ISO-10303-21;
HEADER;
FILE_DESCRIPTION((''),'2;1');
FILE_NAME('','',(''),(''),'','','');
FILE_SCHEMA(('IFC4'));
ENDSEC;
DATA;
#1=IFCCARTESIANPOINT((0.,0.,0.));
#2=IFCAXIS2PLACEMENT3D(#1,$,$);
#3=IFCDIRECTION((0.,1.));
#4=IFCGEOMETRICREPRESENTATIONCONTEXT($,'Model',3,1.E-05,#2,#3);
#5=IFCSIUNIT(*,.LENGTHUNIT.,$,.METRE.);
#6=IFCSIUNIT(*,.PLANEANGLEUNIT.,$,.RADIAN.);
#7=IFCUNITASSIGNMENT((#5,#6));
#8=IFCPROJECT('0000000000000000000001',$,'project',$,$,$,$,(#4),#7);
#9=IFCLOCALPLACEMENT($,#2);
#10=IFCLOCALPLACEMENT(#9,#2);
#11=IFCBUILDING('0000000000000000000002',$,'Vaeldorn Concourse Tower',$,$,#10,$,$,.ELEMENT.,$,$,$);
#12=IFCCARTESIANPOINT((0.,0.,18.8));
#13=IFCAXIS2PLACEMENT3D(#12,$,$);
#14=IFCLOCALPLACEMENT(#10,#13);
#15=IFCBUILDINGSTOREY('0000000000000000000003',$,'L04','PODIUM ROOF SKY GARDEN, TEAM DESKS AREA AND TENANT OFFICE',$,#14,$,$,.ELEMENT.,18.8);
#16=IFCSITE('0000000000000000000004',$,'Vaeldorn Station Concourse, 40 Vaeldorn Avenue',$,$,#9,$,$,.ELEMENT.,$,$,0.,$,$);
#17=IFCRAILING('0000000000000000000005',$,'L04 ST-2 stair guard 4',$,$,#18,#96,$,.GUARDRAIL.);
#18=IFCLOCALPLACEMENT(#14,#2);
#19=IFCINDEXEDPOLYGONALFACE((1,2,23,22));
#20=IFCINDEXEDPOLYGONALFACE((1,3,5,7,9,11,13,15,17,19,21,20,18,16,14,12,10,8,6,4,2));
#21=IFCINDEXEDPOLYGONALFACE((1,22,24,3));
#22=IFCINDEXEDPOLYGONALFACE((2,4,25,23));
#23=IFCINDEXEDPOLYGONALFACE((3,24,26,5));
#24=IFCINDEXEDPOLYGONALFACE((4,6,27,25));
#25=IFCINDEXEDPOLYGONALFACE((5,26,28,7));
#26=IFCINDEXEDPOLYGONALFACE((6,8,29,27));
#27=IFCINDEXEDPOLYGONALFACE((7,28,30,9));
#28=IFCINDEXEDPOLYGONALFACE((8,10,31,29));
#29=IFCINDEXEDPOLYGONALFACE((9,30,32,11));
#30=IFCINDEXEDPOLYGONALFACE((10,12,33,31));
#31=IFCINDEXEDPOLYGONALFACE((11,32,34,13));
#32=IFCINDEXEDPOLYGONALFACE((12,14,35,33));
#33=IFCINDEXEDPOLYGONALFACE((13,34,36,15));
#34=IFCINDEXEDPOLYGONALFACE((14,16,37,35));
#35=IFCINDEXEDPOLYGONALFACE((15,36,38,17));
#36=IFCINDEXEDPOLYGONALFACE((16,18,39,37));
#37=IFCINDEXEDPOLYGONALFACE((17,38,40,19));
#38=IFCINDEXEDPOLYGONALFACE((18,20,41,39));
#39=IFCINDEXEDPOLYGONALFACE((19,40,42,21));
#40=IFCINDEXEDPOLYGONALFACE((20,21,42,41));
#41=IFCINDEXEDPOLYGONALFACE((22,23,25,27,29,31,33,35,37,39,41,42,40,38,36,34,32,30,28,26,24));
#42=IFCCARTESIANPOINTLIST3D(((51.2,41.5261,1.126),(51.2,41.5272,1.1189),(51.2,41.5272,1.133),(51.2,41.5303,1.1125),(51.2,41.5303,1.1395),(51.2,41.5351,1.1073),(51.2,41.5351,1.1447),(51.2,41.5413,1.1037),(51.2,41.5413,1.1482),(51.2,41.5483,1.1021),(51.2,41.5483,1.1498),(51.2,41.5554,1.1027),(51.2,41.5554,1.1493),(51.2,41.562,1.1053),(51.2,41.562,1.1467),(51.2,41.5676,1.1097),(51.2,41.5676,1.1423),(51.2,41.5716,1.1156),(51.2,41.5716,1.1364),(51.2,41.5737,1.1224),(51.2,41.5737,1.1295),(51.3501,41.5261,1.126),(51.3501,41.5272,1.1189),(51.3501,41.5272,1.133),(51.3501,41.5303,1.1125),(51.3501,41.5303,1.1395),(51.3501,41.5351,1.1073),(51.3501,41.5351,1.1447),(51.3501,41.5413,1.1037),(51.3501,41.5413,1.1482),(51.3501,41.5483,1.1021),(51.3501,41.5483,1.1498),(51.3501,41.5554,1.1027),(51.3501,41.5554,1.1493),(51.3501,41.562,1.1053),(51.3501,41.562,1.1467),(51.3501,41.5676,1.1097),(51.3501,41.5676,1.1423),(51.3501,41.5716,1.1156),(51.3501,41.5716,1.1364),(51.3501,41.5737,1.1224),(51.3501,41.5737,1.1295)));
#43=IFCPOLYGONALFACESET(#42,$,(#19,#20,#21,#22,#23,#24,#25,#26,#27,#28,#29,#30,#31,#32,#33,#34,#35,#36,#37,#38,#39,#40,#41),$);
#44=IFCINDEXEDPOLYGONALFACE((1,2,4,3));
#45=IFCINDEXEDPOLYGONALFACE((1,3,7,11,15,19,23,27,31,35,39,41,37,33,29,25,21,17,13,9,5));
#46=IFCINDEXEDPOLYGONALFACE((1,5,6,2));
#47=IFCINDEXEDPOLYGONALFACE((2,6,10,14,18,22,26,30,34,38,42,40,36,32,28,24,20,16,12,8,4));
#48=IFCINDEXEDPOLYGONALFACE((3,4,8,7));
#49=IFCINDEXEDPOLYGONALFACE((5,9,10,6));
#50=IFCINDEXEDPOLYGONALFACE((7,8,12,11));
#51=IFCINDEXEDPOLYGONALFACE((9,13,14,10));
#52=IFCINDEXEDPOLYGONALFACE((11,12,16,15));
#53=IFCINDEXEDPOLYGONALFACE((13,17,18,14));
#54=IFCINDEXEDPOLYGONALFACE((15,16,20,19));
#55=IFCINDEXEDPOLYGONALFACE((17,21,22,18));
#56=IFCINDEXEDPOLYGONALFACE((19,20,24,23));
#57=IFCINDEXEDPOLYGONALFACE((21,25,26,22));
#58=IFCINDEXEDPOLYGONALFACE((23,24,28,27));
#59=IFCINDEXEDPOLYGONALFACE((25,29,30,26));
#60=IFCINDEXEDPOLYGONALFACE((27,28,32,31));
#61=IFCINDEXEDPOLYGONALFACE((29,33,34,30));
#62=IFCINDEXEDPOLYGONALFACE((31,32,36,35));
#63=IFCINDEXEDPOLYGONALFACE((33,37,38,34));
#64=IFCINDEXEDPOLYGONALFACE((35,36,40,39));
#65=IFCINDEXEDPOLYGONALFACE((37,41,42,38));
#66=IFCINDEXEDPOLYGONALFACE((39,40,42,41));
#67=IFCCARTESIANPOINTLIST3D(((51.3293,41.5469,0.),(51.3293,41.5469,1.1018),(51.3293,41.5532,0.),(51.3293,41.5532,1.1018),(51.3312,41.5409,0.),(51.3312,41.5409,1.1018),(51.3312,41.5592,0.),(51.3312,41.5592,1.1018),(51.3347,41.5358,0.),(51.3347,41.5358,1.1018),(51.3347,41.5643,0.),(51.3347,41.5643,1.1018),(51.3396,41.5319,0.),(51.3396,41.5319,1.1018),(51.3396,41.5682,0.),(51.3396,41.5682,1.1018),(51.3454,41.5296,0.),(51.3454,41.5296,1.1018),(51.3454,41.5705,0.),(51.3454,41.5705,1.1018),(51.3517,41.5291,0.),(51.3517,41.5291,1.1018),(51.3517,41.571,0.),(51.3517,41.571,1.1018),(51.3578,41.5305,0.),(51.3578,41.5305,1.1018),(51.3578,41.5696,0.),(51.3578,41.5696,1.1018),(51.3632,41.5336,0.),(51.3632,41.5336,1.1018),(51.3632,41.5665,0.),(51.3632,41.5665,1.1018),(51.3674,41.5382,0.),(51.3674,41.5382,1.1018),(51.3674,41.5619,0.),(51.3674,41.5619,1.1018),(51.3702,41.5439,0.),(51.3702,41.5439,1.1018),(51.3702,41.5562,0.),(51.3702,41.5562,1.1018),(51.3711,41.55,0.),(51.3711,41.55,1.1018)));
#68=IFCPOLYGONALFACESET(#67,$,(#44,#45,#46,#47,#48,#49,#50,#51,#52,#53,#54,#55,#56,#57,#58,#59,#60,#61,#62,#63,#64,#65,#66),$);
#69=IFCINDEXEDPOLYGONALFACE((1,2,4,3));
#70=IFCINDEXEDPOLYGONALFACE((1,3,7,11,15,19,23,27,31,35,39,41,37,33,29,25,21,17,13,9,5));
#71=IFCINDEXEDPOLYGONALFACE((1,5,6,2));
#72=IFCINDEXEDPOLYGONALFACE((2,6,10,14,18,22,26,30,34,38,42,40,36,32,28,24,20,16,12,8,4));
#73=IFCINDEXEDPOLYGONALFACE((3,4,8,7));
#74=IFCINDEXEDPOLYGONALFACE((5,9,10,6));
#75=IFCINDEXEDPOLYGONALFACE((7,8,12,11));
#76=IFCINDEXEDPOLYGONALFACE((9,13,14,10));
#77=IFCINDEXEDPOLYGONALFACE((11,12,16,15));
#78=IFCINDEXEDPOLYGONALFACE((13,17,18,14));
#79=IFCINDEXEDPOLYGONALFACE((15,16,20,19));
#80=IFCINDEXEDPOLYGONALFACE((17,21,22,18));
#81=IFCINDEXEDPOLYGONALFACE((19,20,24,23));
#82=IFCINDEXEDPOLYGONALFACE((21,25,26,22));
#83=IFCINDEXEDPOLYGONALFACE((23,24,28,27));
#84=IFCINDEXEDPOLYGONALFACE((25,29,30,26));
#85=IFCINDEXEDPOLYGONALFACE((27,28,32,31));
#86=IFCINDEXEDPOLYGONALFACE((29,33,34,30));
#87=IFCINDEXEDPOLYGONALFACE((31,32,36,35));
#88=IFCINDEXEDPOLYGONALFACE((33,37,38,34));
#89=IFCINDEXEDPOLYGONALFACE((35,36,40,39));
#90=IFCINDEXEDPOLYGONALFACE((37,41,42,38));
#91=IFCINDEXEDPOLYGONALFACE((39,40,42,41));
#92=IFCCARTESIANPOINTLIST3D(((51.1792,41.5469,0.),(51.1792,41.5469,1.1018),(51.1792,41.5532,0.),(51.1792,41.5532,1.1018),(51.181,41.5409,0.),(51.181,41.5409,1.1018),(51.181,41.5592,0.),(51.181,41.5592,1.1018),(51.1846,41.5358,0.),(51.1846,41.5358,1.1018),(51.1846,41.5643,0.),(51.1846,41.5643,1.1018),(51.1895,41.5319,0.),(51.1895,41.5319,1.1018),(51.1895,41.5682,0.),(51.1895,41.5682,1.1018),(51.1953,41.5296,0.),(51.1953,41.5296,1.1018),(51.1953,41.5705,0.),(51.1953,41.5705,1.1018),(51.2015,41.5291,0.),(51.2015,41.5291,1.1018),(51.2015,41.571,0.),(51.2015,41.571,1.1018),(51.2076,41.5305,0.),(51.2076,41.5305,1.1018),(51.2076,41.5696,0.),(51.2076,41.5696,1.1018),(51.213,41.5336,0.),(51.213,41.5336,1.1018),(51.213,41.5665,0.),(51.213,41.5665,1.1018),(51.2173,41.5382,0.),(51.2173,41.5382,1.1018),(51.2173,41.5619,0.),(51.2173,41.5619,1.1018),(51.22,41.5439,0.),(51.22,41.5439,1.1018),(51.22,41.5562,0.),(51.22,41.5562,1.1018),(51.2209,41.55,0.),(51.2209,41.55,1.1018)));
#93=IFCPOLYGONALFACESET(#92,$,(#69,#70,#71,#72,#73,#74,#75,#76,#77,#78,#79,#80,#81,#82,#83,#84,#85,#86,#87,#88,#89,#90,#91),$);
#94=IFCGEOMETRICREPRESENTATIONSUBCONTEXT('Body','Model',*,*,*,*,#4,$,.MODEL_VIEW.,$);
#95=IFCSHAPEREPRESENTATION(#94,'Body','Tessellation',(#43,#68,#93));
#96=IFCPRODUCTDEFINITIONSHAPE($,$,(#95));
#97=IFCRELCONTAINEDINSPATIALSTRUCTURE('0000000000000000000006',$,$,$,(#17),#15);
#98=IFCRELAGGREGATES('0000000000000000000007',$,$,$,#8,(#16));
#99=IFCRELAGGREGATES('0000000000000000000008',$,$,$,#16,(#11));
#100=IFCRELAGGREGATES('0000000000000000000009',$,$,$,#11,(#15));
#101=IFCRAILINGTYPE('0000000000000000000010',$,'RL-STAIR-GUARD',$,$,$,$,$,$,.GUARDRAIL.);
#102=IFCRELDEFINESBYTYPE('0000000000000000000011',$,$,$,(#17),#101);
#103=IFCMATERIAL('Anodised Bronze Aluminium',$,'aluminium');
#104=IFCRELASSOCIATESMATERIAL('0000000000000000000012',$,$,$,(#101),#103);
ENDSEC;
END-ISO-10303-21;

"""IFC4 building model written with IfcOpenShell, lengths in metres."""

from ifc_helpers import new_model, si_unit, direction, frame, origin, origin_2d, place, context, subcontext, project, spatial, circle, extrude, material, type_object, element, save


model = new_model("IFC4")

# Units and contexts
model_context = context("Model", 3, precision=1e-05, world=origin(), true_north=direction((0.0, 1.0)))
body_context = subcontext(model_context, "Body", "Model", "MODEL_VIEW")
ifc_project = project(units=[si_unit("LENGTHUNIT", "METRE"), si_unit("PLANEANGLEUNIT", "RADIAN")], contexts=[model_context])

# Site, building, storey
site_placement = place(None, origin())
site = spatial("IfcSite", under=ifc_project, at=site_placement, Name="Vaeldorn Station Concourse, 40 Vaeldorn Avenue", CompositionType="ELEMENT", RefElevation=0.0)
building_placement = place(site_placement, origin())
building = spatial("IfcBuilding", under=site, at=building_placement, Name="Vaeldorn Concourse Tower", CompositionType="ELEMENT")
storey_placement = place(building_placement, frame((0.0, 0.0, 18.8)))
storey = spatial("IfcBuildingStorey", under=building, at=storey_placement, Name="L04", Description="PODIUM ROOF SKY GARDEN, TEAM DESKS AREA AND TENANT OFFICE", CompositionType="ELEMENT", Elevation=18.8)

# Shared definitions
ifc_material_1 = material(Name="Anodised Bronze Aluminium", Category="aluminium")

# Railing
railing_type_1 = type_object("IfcRailingType", Name="RL-STAIR-GUARD", PredefinedType="GUARDRAIL", material=ifc_material_1)
railing_1_placement = place(storey_placement, frame((51.3501, 41.55, 0.0)))
element("IfcRailing", 1, at=railing_1_placement, inside=storey, type_object=railing_type_1, Name="L04 ST-2 stair guard 4", PredefinedType="GUARDRAIL", context=body_context, shape_type="SweptSolid", body=[
    extrude(circle(Radius=0.0239, at=origin_2d()), frame((0.0, 0.0, 1.126), z_axis=(-1.0, 0.0, 0.0), x_axis=(0.0, -1.0, 0.0)), (0.0, 0.0, 1.0), 0.1501),
    extrude(circle(Radius=0.021, at=origin_2d()), origin(), (0.0, 0.0, 1.0), 1.1018),
    extrude(circle(Radius=0.021, at=origin_2d()), frame((-0.1501, 0.0, 0.0)), (0.0, 0.0, 1.0), 1.1018),
])

save(model, "model.ifc")
